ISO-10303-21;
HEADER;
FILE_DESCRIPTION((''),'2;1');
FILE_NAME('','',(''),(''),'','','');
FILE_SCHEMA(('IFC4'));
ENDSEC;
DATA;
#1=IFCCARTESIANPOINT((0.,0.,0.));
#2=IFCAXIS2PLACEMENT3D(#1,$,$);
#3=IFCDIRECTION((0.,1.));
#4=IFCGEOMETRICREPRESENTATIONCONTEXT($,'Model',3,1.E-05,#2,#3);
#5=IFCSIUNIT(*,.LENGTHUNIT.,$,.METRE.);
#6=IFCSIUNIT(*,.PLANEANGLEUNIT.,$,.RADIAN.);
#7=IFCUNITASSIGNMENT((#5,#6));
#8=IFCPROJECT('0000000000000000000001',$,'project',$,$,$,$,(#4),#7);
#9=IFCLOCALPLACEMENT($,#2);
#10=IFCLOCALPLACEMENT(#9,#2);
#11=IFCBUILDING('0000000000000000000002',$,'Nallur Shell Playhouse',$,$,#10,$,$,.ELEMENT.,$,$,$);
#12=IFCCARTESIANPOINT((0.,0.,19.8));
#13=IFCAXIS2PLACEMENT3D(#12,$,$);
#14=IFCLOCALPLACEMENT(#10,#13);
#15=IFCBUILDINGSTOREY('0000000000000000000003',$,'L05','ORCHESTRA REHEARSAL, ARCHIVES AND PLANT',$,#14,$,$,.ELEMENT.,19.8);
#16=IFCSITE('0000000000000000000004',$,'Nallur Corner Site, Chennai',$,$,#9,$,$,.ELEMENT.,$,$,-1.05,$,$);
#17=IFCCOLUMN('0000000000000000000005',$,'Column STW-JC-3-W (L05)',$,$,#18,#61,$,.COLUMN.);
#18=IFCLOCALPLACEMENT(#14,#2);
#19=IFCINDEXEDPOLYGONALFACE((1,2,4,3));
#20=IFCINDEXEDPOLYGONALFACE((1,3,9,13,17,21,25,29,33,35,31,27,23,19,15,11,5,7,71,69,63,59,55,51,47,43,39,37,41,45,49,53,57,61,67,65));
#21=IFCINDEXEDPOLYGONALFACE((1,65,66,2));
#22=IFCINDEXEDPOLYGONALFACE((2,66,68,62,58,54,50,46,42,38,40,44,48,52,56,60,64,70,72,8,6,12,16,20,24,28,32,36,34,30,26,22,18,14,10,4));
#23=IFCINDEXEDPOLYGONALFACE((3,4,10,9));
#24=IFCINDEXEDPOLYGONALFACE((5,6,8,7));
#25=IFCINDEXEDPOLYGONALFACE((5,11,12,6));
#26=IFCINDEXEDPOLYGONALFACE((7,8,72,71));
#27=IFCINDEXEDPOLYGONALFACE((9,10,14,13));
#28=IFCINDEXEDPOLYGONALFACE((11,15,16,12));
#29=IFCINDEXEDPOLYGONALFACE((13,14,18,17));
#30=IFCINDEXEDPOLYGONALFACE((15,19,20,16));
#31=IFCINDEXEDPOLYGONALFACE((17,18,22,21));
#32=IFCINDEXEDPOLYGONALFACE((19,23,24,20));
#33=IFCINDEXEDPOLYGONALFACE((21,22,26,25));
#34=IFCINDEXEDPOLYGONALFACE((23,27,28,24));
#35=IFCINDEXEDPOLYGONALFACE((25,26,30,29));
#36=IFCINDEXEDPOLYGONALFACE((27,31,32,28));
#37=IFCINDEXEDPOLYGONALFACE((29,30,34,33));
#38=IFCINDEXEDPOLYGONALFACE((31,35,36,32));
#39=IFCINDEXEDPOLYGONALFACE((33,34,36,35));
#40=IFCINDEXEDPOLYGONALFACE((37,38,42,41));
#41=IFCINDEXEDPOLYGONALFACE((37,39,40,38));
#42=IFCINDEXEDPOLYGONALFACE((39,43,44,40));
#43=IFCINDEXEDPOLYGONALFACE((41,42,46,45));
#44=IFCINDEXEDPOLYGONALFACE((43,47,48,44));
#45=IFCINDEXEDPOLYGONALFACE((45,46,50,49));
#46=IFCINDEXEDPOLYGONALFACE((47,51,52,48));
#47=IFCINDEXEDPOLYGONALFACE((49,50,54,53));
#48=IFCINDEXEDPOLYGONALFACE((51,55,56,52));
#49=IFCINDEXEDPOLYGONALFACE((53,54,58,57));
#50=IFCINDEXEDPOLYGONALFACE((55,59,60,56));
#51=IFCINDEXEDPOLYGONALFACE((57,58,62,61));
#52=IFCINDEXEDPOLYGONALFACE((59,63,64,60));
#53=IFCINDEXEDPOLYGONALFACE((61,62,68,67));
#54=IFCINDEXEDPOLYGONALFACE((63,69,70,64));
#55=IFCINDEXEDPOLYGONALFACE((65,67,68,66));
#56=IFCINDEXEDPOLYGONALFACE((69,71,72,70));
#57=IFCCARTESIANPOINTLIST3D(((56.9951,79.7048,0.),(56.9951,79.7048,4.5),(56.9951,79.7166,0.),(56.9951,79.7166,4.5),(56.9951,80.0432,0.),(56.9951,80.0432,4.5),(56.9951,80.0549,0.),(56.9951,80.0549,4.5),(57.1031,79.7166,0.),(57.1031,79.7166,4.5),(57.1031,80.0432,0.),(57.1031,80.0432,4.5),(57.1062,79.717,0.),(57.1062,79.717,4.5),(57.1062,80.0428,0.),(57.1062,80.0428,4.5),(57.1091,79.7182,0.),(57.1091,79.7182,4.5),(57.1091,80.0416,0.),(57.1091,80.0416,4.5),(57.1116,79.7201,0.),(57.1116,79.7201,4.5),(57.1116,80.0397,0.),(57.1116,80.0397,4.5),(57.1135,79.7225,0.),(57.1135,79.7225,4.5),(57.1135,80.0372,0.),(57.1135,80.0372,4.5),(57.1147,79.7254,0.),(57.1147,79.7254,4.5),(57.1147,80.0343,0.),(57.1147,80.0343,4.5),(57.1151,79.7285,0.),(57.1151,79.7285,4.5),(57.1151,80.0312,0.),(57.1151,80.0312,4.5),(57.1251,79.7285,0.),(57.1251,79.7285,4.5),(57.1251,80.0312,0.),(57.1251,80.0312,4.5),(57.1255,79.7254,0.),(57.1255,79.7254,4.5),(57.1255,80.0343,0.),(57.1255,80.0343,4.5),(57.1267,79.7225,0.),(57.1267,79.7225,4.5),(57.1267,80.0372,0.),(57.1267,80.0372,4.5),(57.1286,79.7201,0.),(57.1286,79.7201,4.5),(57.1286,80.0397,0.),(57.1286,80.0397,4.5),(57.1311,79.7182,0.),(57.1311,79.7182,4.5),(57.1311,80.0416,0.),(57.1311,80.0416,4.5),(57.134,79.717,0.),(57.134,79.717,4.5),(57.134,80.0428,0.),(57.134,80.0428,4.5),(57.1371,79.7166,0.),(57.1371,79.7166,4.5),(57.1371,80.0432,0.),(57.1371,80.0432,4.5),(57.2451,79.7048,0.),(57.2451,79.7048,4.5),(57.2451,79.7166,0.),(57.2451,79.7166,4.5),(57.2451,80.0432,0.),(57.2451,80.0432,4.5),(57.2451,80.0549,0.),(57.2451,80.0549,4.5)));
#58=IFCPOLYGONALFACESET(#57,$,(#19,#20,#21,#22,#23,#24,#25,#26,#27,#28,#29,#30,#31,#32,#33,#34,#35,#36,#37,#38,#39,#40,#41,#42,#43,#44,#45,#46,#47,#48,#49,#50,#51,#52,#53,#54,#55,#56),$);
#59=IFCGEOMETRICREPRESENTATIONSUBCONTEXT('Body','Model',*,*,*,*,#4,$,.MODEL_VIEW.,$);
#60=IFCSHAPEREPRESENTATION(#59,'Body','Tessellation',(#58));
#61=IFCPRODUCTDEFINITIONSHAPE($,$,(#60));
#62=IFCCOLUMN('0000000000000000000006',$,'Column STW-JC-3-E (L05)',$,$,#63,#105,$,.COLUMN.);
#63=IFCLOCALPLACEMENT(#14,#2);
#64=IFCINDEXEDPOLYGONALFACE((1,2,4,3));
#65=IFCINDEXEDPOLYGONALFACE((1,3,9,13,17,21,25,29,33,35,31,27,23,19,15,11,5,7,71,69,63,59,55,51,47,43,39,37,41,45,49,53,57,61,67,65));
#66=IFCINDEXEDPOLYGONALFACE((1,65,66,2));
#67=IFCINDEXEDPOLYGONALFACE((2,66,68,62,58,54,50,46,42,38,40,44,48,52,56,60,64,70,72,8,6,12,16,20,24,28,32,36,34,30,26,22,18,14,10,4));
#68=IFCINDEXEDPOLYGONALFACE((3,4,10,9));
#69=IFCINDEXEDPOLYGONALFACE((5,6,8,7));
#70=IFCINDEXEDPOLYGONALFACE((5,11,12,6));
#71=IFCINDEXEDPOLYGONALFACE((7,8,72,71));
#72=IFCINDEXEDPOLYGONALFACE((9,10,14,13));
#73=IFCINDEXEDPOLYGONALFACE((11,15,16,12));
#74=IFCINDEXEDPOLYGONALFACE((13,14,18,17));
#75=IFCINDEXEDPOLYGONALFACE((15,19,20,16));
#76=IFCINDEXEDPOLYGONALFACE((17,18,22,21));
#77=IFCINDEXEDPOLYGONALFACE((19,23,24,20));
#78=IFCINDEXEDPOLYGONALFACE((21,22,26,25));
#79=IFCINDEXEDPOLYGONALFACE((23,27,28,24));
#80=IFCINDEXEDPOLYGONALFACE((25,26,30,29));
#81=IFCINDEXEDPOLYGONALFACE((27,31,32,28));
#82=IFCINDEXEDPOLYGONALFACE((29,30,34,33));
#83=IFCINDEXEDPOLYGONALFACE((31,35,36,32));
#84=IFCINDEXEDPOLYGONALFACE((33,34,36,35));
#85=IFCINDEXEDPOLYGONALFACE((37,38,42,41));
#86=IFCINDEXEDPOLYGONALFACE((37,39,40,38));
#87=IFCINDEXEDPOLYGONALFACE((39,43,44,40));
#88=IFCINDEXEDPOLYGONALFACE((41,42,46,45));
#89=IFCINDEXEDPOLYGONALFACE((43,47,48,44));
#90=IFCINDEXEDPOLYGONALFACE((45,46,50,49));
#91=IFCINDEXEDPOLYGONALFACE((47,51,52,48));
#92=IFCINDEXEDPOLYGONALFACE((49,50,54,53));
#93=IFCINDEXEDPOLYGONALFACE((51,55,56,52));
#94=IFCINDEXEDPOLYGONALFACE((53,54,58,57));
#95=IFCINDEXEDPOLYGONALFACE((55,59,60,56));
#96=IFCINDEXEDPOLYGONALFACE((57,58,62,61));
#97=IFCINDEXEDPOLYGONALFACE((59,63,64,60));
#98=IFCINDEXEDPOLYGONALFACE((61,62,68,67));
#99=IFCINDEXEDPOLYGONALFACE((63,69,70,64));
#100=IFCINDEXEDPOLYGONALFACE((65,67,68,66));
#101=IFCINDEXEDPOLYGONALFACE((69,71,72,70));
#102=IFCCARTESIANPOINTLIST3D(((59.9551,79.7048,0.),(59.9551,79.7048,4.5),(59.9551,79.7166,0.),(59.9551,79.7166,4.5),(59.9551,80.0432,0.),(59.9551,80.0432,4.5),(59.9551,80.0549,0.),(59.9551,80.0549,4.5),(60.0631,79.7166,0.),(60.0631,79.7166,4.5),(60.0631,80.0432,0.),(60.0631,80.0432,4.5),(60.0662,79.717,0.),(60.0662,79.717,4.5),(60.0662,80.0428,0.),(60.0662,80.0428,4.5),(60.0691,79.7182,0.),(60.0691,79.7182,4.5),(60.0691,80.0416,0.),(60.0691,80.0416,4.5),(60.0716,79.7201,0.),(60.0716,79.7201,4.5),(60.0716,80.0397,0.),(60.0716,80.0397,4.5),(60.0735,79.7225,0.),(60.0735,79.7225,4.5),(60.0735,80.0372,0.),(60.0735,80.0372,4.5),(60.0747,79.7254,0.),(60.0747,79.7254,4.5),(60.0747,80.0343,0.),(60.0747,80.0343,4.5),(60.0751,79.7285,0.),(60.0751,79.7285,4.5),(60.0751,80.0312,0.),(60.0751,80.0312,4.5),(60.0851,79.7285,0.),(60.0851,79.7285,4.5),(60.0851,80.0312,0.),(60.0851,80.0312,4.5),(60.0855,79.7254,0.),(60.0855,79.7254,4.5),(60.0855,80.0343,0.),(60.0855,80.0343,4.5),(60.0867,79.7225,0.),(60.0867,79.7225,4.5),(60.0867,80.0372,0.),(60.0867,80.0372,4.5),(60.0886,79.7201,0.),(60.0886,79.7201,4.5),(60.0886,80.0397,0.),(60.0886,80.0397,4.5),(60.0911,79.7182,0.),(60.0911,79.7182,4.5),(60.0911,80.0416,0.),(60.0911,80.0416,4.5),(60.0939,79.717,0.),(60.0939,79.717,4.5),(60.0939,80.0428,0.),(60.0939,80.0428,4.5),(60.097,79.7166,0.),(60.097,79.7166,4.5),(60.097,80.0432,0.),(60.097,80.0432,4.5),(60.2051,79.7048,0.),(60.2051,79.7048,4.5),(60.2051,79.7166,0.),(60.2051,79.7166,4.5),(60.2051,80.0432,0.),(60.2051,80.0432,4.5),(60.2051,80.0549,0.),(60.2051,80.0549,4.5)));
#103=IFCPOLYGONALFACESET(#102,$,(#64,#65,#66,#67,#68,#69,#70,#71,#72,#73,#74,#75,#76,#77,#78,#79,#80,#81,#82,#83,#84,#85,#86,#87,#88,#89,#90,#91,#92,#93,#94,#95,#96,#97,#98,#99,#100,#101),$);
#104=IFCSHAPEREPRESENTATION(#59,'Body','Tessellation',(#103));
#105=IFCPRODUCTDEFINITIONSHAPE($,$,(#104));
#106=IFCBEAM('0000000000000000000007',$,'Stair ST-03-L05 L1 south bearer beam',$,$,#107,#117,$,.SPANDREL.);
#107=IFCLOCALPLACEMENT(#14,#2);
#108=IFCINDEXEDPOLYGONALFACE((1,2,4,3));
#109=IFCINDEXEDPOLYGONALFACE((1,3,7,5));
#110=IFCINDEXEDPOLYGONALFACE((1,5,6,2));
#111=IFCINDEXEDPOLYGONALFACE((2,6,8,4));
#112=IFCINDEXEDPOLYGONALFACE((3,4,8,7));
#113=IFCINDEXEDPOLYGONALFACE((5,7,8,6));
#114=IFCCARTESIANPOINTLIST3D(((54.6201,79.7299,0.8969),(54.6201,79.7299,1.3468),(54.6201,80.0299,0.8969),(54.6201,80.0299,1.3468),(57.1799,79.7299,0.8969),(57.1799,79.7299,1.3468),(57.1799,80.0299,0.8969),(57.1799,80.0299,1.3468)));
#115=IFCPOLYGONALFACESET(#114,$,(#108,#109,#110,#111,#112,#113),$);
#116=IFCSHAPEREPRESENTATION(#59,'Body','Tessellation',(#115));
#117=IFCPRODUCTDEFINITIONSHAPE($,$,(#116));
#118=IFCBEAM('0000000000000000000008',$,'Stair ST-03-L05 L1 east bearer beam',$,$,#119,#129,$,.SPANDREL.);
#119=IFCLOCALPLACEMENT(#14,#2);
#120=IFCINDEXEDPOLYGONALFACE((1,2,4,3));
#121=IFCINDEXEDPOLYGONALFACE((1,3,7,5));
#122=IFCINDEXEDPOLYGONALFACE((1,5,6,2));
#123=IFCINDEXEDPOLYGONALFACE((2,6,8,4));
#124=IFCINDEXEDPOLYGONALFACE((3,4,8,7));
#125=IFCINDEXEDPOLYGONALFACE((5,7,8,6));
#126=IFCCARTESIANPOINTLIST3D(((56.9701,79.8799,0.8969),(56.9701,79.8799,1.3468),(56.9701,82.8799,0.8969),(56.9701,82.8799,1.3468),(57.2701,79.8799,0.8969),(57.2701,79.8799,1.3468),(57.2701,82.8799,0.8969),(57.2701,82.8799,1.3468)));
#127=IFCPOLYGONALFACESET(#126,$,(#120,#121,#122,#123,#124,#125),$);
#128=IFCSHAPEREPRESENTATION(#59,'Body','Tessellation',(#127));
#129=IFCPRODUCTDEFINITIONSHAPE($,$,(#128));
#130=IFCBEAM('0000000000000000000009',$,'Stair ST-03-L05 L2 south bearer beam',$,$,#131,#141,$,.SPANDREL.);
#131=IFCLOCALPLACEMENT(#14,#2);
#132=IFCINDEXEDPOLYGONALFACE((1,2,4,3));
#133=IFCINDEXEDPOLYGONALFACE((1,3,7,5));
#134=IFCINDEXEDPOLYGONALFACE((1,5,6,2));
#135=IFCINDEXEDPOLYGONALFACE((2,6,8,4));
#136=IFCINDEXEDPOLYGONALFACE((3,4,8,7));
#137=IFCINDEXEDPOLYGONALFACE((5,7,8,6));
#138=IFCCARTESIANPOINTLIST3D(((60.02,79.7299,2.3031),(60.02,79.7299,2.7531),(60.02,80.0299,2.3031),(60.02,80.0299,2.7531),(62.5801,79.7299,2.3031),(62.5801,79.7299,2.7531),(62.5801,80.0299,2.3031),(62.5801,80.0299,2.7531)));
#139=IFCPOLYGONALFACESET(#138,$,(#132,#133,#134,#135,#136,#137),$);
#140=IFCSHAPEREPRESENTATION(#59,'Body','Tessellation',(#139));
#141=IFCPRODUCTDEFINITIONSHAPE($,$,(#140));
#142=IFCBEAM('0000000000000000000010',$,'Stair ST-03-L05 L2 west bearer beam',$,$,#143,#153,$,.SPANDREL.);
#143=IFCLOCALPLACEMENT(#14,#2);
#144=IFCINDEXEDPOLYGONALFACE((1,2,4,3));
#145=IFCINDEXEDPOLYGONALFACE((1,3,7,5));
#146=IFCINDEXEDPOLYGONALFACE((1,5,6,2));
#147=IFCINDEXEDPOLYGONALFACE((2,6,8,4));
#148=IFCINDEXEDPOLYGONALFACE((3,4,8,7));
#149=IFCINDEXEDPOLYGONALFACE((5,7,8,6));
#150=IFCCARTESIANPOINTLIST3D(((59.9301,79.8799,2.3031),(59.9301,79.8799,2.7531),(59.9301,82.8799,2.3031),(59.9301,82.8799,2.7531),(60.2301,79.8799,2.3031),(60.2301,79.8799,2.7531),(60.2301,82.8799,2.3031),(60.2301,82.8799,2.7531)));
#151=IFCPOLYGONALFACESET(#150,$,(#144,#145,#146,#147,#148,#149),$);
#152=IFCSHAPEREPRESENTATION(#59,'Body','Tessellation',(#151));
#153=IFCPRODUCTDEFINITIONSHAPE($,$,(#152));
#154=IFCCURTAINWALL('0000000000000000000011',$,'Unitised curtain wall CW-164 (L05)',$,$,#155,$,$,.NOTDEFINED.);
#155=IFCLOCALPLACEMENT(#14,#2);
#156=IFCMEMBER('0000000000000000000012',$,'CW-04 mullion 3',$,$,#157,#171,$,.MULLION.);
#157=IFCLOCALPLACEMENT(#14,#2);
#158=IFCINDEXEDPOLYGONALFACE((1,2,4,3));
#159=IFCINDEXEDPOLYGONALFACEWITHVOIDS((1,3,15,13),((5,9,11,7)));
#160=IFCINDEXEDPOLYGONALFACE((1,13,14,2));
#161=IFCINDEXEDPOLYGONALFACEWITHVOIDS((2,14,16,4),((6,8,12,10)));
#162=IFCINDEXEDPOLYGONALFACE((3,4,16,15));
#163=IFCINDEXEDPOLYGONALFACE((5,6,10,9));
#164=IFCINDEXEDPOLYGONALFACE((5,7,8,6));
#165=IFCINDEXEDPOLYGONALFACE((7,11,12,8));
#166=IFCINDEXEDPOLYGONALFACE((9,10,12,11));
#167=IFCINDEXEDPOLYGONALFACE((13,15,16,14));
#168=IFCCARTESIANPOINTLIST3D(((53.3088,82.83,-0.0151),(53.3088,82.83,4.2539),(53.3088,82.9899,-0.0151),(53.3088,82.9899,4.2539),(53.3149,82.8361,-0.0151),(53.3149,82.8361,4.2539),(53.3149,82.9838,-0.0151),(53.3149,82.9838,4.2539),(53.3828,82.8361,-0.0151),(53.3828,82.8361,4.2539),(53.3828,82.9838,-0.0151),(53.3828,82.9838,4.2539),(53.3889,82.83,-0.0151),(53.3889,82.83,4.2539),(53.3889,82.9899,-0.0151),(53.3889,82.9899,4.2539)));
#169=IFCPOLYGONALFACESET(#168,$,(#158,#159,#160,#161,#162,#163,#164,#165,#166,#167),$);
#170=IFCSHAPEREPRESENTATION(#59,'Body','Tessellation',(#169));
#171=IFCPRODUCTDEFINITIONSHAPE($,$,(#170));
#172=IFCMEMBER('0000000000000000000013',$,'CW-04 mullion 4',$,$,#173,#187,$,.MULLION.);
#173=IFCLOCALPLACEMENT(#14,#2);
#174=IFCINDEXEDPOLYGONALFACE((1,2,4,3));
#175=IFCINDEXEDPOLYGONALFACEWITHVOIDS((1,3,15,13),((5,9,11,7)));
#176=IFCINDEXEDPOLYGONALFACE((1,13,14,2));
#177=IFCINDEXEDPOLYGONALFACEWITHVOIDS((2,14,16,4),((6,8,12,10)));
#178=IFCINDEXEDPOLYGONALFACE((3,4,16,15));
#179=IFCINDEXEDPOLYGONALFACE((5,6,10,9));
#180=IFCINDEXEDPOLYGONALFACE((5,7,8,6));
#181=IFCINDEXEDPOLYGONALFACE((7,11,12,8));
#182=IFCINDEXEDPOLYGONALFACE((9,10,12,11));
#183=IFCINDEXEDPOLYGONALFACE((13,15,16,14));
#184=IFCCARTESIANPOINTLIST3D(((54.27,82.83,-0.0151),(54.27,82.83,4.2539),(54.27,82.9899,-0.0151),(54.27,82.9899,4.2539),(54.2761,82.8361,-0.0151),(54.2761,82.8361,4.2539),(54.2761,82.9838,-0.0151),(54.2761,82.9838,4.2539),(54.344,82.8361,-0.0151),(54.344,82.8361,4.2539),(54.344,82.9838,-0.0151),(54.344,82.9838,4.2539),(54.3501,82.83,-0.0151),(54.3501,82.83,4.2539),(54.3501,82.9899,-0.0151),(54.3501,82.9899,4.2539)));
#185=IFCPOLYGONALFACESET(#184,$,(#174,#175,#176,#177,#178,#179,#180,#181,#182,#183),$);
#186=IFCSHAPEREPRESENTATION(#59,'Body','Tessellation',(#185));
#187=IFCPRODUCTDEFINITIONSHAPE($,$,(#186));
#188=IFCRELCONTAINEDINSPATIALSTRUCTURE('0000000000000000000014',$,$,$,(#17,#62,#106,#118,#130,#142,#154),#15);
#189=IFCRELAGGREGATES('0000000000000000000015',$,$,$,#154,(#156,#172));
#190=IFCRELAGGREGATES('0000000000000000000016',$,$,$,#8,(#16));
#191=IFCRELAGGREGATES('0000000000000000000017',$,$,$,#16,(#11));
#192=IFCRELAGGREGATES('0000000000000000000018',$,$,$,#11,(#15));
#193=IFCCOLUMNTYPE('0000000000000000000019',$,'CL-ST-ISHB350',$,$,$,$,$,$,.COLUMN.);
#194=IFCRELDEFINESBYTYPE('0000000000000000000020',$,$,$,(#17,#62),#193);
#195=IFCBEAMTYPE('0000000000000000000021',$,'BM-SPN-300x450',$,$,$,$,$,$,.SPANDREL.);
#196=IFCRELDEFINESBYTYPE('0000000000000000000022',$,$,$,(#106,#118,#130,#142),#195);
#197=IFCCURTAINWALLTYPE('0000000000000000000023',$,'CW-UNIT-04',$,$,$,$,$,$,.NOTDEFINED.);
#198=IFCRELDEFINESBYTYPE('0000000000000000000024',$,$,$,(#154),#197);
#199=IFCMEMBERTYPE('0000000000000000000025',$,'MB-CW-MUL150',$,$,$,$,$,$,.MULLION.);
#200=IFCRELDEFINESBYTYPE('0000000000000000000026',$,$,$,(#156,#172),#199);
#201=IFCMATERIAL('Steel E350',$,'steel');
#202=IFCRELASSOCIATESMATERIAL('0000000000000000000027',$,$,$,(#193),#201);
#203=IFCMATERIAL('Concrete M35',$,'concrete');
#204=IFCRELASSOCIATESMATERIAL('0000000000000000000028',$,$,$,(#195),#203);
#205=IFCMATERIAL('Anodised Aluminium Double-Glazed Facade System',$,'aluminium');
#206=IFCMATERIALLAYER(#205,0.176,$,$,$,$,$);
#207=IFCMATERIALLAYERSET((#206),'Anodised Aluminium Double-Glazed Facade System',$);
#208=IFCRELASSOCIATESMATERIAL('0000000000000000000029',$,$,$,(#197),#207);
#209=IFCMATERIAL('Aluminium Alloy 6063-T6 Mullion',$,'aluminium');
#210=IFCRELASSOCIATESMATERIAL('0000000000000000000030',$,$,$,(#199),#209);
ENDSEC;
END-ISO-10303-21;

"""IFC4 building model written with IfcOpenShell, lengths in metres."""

from ifc_helpers import new_model, si_unit, direction, frame, origin, origin_2d, place, context, subcontext, project, spatial, rectangle, hollow_rectangle, i_section, extrude, material, layer, layer_set, material_profile, profile_set, type_object, element, aggregate, save


model = new_model("IFC4")

# Units and contexts
model_context = context("Model", 3, precision=1e-05, world=origin(), true_north=direction((0.0, 1.0)))
body_context = subcontext(model_context, "Body", "Model", "MODEL_VIEW")
ifc_project = project(units=[si_unit("LENGTHUNIT", "METRE"), si_unit("PLANEANGLEUNIT", "RADIAN")], contexts=[model_context])

# Site, building, storey
site_placement = place(None, origin())
site = spatial("IfcSite", under=ifc_project, at=site_placement, Name="Nallur Corner Site, Chennai", CompositionType="ELEMENT", RefElevation=-1.05)
building_placement = place(site_placement, origin())
building = spatial("IfcBuilding", under=site, at=building_placement, Name="Nallur Shell Playhouse", CompositionType="ELEMENT")
storey_placement = place(building_placement, frame((0.0, 0.0, 19.8)))
storey = spatial("IfcBuildingStorey", under=building, at=storey_placement, Name="L05", Description="ORCHESTRA REHEARSAL, ARCHIVES AND PLANT", CompositionType="ELEMENT", Elevation=19.8)

# Columns
ifc_material_1 = material(Name="Steel E350", Category="steel")
ifc_material_profile_1 = material_profile(ifc_material_1, i_section(OverallWidth=0.25, OverallDepth=0.3501, WebThickness=0.01, FlangeThickness=0.0117, FilletRadius=0.012, at=origin_2d()), Name="ISHB 350")
ifc_profile_set_1 = profile_set([ifc_material_profile_1], Name="Steel E350")
column_type = type_object("IfcColumnType", Name="CL-ST-ISHB350", PredefinedType="COLUMN", material=ifc_profile_set_1)
for number, where, z_axis, x_axis, name in (
    (1, (57.1201, 79.8799, 0.0), (0.0, 0.0, 1.0), (1.0, 0.0, 0.0), "Column STW-JC-3-W (L05)"),
    (2, (60.0801, 79.8799, 0.0), (0.0, 0.0, 1.0), (1.0, 0.0, 0.0), "Column STW-JC-3-E (L05)"),
):
    element("IfcColumn", number, at=place(storey_placement, frame(where, z_axis=z_axis, x_axis=x_axis)), inside=storey, type_object=column_type, Name=name, PredefinedType="COLUMN", context=body_context, shape_type="SweptSolid", body=[
        extrude(i_section(OverallWidth=0.25, OverallDepth=0.3501, WebThickness=0.01, FlangeThickness=0.0117, FilletRadius=0.012, at=origin_2d()), origin(), (0.0, 0.0, 1.0), 4.5),
    ])

# Beams
ifc_material_2 = material(Name="Concrete M35", Category="concrete")
ifc_material_profile_2 = material_profile(ifc_material_2, rectangle(XDim=0.3, YDim=0.45, at=origin_2d()), Name="RC 300x450")
ifc_profile_set_2 = profile_set([ifc_material_profile_2], Name="Concrete M35")
beam_type = type_object("IfcBeamType", Name="BM-SPN-300x450", PredefinedType="SPANDREL", material=ifc_profile_set_2)
beam_1_placement = place(storey_placement, frame((54.6201, 79.8799, 1.1218), z_axis=(1.0, 0.0, 0.0), x_axis=(0.0, 1.0, 0.0)))
element("IfcBeam", 3, at=beam_1_placement, inside=storey, type_object=beam_type, Name="Stair ST-03-L05 L1 south bearer beam", PredefinedType="SPANDREL", context=body_context, shape_type="SweptSolid", body=[
    extrude(rectangle(XDim=0.3, YDim=0.45, at=origin_2d()), origin(), (0.0, 0.0, 1.0), 2.5598),
])
beam_2_placement = place(storey_placement, frame((57.1201, 79.8799, 1.1218), z_axis=(0.0, 1.0, 0.0), x_axis=(-1.0, 0.0, 0.0)))
element("IfcBeam", 4, at=beam_2_placement, inside=storey, type_object=beam_type, Name="Stair ST-03-L05 L1 east bearer beam", PredefinedType="SPANDREL", context=body_context, shape_type="SweptSolid", body=[
    extrude(rectangle(XDim=0.3, YDim=0.45, at=origin_2d()), origin(), (0.0, 0.0, 1.0), 3.0),
])
beam_3_placement = place(storey_placement, frame((60.02, 79.8799, 2.5281), z_axis=(1.0, 0.0, 0.0), x_axis=(0.0, 1.0, 0.0)))
element("IfcBeam", 5, at=beam_3_placement, inside=storey, type_object=beam_type, Name="Stair ST-03-L05 L2 south bearer beam", PredefinedType="SPANDREL", context=body_context, shape_type="SweptSolid", body=[
    extrude(rectangle(XDim=0.3, YDim=0.45, at=origin_2d()), origin(), (0.0, 0.0, 1.0), 2.5601),
])
beam_4_placement = place(storey_placement, frame((60.0801, 79.8799, 2.5281), z_axis=(0.0, 1.0, 0.0), x_axis=(-1.0, 0.0, 0.0)))
element("IfcBeam", 6, at=beam_4_placement, inside=storey, type_object=beam_type, Name="Stair ST-03-L05 L2 west bearer beam", PredefinedType="SPANDREL", context=body_context, shape_type="SweptSolid", body=[
    extrude(rectangle(XDim=0.3, YDim=0.45, at=origin_2d()), origin(), (0.0, 0.0, 1.0), 3.0),
])

# Curtain wall, members
ifc_material_3 = material(Name="Anodised Aluminium Double-Glazed Facade System", Category="aluminium")
ifc_layer_1 = layer(ifc_material_3, 0.176)
ifc_layer_set_1 = layer_set([ifc_layer_1], Name="Anodised Aluminium Double-Glazed Facade System")
curtain_wall_type = type_object("IfcCurtainWallType", Name="CW-UNIT-04", PredefinedType="NOTDEFINED", material=ifc_layer_set_1)
curtain_wall_placement = place(storey_placement, origin())
curtain_wall = element("IfcCurtainWall", 7, at=curtain_wall_placement, inside=storey, type_object=curtain_wall_type, Name="Unitised curtain wall CW-164 (L05)", PredefinedType="NOTDEFINED")
ifc_material_4 = material(Name="Aluminium Alloy 6063-T6 Mullion", Category="aluminium")
ifc_material_profile_3 = material_profile(ifc_material_4, hollow_rectangle(XDim=0.0801, YDim=0.1599, WallThickness=0.0061, at=origin_2d()), Name="RHS 160x80x6")
ifc_profile_set_3 = profile_set([ifc_material_profile_3], Name="Aluminium Alloy 6063-T6 Mullion")
member_type_1 = type_object("IfcMemberType", Name="MB-CW-MUL150", PredefinedType="MULLION", material=ifc_profile_set_3)
member_1_placement = place(storey_placement, frame((53.3489, 82.9099, -0.0151), z_axis=(0.0, 0.0, 1.0), x_axis=(1.0, 0.0, 0.0)))
member_1 = element("IfcMember", 8, at=member_1_placement, type_object=member_type_1, Name="CW-04 mullion 3", PredefinedType="MULLION", context=body_context, shape_type="SweptSolid", body=[
    extrude(hollow_rectangle(XDim=0.0801, YDim=0.1599, WallThickness=0.0061, at=origin_2d()), origin(), (0.0, 0.0, 1.0), 4.269),
])
member_2_placement = place(storey_placement, frame((54.3101, 82.9099, -0.0151), z_axis=(0.0, 0.0, 1.0), x_axis=(1.0, 0.0, 0.0)))
member_2 = element("IfcMember", 9, at=member_2_placement, type_object=member_type_1, Name="CW-04 mullion 4", PredefinedType="MULLION", context=body_context, shape_type="SweptSolid", body=[
    extrude(hollow_rectangle(XDim=0.0801, YDim=0.1599, WallThickness=0.0061, at=origin_2d()), origin(), (0.0, 0.0, 1.0), 4.269),
])
aggregate(curtain_wall, [member_1, member_2])

save(model, "model.ifc")
